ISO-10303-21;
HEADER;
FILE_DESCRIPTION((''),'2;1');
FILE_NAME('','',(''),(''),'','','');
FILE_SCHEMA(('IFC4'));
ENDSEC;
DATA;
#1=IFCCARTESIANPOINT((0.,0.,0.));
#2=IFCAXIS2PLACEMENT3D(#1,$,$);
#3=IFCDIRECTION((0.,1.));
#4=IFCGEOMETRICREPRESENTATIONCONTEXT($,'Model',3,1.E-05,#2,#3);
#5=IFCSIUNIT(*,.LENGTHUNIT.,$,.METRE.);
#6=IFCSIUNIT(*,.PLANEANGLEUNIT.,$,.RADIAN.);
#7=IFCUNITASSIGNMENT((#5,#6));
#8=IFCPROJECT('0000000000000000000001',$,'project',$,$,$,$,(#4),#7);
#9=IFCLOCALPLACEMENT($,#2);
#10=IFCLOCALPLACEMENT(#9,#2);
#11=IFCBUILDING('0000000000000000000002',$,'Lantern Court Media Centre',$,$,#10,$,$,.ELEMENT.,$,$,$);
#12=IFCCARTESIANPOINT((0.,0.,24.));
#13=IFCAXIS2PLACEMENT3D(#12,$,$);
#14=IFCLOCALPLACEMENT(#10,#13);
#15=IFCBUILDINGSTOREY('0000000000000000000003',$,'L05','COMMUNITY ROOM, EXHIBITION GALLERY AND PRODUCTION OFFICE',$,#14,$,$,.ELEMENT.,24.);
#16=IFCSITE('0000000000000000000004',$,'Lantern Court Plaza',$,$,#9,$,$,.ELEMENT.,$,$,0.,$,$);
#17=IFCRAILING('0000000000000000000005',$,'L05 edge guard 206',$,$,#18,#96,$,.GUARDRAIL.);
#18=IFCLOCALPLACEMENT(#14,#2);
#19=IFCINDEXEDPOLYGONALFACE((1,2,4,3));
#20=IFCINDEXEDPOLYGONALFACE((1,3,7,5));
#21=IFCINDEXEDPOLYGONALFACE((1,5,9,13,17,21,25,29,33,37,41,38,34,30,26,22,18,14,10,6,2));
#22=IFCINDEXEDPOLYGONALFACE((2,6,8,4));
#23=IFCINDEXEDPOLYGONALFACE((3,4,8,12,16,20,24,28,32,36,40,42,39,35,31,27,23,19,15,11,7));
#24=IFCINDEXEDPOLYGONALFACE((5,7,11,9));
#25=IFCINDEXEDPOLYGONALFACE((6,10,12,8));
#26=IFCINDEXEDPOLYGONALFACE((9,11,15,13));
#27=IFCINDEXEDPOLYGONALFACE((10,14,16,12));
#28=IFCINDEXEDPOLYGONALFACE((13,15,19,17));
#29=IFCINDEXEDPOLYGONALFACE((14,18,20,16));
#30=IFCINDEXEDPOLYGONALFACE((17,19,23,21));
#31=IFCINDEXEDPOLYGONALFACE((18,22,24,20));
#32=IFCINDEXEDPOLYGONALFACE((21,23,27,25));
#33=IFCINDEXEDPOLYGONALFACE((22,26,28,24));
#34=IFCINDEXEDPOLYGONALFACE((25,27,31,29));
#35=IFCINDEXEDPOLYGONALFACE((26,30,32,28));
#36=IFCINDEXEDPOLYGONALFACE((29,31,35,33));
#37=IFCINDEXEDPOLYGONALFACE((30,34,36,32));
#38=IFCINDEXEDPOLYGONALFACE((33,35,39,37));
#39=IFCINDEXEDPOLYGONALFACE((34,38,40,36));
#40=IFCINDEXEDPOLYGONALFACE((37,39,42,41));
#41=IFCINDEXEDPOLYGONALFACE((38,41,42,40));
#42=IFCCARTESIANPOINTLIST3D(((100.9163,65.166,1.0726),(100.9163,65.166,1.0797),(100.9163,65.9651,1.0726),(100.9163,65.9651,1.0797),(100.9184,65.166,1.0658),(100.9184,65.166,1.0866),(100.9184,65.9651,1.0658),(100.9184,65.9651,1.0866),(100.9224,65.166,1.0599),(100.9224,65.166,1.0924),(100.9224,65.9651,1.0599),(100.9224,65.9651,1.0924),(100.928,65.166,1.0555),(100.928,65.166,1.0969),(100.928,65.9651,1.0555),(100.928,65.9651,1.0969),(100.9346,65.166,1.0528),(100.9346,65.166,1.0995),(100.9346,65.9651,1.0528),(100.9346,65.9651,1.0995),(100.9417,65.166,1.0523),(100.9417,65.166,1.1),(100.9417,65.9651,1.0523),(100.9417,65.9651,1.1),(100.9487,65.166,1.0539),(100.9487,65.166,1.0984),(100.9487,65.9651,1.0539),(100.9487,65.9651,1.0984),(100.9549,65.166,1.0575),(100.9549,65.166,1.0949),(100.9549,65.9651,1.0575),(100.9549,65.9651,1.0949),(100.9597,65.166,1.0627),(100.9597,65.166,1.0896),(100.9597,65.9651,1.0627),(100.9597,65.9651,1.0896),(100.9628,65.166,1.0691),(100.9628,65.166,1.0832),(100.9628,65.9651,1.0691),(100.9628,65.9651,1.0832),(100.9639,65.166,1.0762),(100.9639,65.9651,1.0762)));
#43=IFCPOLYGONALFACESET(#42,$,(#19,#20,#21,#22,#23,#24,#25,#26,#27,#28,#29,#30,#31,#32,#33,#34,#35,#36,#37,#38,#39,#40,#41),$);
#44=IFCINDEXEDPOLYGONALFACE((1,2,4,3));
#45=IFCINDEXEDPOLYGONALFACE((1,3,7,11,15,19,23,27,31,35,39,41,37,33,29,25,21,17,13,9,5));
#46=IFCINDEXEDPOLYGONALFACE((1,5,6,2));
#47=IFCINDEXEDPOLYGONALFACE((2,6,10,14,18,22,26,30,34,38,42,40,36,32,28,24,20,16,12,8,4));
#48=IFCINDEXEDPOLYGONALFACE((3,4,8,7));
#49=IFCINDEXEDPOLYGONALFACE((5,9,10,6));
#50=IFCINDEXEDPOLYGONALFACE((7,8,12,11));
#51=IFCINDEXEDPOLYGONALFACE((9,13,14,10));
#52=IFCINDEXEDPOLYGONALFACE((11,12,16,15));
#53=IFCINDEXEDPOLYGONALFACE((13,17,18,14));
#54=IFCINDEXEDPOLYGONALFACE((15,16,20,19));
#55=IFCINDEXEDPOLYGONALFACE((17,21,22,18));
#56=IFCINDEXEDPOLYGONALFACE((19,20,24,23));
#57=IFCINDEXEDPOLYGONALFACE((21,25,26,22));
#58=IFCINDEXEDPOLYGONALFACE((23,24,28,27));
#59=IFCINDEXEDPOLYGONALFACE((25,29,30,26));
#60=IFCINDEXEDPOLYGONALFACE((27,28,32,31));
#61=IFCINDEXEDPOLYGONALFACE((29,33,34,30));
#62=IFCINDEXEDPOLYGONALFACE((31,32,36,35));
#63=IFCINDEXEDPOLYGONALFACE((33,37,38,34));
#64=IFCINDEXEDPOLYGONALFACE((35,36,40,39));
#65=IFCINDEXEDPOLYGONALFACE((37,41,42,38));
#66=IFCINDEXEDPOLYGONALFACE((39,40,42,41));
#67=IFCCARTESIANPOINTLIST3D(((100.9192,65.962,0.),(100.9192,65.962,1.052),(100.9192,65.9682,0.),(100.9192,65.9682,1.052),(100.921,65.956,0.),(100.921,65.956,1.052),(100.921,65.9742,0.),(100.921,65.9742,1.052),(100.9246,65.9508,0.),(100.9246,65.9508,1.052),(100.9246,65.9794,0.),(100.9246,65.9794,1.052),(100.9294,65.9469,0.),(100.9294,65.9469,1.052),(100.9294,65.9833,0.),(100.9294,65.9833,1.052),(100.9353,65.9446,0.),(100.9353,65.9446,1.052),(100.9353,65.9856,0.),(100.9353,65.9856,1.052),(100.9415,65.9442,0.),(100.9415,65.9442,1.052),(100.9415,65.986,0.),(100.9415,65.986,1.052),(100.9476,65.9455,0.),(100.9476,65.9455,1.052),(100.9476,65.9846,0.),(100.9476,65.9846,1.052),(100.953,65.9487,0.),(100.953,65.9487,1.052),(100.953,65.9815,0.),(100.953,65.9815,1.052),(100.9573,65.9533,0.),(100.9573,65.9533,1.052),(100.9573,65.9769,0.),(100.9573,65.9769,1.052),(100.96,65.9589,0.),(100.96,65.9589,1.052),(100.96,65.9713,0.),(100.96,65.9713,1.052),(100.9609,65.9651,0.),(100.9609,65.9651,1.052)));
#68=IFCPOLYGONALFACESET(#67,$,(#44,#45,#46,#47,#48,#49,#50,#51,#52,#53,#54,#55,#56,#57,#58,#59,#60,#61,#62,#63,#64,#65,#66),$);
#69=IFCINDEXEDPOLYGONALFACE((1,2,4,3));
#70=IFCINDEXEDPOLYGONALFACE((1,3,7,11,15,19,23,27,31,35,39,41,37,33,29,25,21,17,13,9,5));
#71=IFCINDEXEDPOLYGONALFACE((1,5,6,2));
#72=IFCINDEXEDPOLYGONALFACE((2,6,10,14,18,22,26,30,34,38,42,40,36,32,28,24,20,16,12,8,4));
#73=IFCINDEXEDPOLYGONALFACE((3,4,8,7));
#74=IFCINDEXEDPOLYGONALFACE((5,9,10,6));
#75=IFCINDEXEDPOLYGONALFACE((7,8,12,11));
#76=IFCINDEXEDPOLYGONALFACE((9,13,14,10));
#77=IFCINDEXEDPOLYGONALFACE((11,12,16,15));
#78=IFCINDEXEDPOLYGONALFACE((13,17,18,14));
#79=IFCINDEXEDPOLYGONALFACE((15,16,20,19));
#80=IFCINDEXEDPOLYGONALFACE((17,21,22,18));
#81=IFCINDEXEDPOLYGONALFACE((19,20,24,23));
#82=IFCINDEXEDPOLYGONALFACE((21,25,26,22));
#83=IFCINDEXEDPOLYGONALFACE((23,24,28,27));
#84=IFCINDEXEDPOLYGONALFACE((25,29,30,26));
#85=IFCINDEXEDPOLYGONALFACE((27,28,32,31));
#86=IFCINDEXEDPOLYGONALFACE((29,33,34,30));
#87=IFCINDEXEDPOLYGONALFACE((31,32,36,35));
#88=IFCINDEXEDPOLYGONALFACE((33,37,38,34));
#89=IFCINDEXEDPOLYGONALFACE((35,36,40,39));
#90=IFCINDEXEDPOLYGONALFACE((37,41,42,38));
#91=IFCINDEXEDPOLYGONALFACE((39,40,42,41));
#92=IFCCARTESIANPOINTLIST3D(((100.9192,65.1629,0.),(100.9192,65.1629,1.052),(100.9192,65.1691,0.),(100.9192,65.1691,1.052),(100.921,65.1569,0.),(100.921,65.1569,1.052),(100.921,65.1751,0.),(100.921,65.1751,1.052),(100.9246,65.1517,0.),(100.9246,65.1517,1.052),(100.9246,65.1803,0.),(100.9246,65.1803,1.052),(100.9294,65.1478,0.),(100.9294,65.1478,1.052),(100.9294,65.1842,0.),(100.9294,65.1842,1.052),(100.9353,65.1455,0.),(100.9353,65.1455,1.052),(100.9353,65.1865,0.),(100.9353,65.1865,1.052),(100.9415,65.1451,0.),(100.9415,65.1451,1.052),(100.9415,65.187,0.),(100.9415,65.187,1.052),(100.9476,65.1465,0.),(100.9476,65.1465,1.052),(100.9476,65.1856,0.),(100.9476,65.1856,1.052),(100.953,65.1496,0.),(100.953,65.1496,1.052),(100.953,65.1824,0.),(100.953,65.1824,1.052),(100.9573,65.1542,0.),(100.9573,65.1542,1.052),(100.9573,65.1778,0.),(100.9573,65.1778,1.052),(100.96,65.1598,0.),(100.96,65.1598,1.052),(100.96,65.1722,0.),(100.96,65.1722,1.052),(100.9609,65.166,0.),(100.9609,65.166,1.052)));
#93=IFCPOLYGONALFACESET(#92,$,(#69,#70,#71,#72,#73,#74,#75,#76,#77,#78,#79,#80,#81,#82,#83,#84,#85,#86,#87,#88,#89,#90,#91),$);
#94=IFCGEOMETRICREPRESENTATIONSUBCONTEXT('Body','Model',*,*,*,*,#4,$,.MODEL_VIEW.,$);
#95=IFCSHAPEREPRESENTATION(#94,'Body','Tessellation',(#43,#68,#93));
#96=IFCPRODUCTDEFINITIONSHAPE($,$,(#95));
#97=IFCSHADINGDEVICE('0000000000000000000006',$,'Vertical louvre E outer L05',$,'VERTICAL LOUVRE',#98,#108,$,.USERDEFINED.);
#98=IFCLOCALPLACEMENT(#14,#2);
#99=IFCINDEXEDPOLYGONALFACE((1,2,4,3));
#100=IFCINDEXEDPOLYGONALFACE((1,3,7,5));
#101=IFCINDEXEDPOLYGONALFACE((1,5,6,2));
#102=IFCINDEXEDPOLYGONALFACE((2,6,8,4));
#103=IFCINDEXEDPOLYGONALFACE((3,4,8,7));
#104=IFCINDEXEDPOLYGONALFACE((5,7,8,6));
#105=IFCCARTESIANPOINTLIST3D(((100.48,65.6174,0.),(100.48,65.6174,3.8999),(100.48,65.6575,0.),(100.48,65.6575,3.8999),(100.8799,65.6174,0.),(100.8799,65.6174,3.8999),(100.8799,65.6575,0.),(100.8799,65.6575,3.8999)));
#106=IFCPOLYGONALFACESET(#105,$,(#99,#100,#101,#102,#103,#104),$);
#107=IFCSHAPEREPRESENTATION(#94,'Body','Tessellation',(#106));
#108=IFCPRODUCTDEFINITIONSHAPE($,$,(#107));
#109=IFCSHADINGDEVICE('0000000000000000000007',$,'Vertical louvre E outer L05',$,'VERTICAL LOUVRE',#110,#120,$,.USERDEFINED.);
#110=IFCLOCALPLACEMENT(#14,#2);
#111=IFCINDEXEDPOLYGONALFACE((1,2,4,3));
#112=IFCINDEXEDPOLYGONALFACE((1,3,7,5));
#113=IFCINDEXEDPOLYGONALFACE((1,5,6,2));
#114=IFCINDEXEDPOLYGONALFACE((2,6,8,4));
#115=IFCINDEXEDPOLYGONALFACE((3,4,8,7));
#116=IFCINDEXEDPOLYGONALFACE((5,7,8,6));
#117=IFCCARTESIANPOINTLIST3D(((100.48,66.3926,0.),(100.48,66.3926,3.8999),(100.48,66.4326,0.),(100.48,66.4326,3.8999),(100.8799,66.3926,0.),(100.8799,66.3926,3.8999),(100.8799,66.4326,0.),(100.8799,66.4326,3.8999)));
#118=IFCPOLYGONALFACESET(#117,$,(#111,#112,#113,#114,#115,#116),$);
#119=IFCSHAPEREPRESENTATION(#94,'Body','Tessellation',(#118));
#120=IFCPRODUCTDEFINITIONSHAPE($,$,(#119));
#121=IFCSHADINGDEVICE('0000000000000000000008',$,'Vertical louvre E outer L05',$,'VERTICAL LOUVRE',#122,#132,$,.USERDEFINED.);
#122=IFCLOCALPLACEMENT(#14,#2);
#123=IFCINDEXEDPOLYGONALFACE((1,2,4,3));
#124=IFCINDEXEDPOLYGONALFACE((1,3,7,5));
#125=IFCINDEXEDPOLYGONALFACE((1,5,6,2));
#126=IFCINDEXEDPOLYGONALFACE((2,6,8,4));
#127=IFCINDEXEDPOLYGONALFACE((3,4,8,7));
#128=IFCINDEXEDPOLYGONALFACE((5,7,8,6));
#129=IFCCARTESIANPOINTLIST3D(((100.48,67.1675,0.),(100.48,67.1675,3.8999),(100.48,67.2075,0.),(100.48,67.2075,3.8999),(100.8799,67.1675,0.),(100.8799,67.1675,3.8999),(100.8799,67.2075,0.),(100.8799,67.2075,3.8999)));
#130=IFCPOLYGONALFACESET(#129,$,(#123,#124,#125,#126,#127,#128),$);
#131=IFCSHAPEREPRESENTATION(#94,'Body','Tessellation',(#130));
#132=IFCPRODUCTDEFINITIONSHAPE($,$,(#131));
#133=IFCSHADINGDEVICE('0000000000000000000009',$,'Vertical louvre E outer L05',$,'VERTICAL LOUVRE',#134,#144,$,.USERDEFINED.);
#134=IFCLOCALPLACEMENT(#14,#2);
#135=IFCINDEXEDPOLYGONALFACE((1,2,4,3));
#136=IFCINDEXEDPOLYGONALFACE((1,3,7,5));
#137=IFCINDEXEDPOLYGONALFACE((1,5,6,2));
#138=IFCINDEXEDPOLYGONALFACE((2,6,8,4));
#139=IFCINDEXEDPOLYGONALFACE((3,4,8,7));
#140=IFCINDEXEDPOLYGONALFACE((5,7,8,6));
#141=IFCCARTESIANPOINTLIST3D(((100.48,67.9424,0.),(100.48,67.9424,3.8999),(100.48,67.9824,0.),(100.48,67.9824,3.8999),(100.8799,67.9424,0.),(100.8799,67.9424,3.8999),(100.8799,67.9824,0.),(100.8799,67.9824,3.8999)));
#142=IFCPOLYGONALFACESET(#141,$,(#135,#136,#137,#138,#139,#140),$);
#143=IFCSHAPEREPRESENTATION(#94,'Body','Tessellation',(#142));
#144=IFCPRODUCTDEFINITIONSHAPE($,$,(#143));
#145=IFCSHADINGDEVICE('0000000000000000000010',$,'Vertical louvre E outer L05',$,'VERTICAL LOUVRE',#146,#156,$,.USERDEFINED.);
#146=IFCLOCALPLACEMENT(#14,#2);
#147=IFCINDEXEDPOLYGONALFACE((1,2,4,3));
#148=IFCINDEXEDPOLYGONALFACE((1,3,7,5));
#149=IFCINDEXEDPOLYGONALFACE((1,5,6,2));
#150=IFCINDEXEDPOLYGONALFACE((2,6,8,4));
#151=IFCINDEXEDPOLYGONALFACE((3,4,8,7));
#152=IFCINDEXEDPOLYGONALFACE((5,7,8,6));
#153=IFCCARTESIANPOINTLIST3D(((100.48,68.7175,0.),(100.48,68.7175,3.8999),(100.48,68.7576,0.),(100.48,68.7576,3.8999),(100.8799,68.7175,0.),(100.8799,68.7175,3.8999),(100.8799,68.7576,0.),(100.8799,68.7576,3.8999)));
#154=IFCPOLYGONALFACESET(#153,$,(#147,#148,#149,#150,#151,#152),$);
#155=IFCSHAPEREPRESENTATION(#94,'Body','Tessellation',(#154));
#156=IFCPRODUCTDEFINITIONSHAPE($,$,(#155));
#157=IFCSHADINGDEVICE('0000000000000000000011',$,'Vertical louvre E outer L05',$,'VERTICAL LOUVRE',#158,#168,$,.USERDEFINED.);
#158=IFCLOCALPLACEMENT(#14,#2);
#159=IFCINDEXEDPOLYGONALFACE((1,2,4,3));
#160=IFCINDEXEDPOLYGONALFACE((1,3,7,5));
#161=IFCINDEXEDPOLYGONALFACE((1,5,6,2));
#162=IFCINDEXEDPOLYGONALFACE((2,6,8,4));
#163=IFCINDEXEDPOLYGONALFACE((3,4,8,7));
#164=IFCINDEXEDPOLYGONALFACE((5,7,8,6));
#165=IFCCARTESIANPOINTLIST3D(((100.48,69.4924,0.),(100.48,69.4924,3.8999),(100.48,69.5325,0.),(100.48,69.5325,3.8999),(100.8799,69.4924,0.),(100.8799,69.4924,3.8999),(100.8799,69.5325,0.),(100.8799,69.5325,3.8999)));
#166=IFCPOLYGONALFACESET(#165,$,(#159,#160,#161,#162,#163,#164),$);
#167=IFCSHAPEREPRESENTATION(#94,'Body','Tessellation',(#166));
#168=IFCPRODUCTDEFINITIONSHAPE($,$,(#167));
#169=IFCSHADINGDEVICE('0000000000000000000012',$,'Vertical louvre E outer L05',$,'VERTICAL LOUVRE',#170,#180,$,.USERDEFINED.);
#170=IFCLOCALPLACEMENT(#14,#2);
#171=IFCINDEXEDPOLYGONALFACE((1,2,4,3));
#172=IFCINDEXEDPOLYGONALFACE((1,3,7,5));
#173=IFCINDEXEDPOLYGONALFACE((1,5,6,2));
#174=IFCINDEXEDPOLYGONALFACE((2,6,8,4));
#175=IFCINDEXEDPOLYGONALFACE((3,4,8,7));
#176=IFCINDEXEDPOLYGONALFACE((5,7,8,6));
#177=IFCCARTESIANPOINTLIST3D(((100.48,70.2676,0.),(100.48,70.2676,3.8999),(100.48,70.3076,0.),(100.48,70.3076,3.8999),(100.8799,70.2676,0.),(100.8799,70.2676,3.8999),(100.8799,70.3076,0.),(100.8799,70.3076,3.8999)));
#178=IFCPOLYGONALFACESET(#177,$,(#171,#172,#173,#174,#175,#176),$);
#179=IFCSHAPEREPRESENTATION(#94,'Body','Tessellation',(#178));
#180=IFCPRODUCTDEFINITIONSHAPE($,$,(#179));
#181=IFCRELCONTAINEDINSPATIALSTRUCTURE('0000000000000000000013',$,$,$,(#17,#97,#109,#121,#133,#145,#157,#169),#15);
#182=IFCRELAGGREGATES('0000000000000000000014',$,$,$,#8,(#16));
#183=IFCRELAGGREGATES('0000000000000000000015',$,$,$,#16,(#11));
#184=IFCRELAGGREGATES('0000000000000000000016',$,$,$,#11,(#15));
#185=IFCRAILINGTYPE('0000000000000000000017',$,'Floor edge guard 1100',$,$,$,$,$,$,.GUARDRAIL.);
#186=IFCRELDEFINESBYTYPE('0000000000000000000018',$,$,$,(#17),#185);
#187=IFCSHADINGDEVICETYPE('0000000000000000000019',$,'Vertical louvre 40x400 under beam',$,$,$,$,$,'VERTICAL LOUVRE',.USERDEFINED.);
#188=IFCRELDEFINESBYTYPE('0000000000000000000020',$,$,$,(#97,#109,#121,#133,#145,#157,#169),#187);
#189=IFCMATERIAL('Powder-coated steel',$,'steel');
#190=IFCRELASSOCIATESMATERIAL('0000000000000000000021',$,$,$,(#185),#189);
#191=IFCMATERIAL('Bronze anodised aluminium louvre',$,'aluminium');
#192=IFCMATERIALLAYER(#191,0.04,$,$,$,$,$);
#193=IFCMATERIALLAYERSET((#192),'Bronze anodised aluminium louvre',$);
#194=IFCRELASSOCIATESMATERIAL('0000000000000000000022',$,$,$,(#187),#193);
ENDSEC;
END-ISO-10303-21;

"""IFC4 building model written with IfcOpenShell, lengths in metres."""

from ifc_helpers import new_model, si_unit, direction, frame, origin, origin_2d, place, context, subcontext, project, spatial, rectangle, circle, extrude, material, layer, layer_set, type_object, element, save


model = new_model("IFC4")

# Units and contexts
model_context = context("Model", 3, precision=1e-05, world=origin(), true_north=direction((0.0, 1.0)))
body_context = subcontext(model_context, "Body", "Model", "MODEL_VIEW")
ifc_project = project(units=[si_unit("LENGTHUNIT", "METRE"), si_unit("PLANEANGLEUNIT", "RADIAN")], contexts=[model_context])

# Site, building, storey
site_placement = place(None, origin())
site = spatial("IfcSite", under=ifc_project, at=site_placement, Name="Lantern Court Plaza", CompositionType="ELEMENT", RefElevation=0.0)
building_placement = place(site_placement, origin())
building = spatial("IfcBuilding", under=site, at=building_placement, Name="Lantern Court Media Centre", CompositionType="ELEMENT")
storey_placement = place(building_placement, frame((0.0, 0.0, 24.0)))
storey = spatial("IfcBuildingStorey", under=building, at=storey_placement, Name="L05", Description="COMMUNITY ROOM, EXHIBITION GALLERY AND PRODUCTION OFFICE", CompositionType="ELEMENT", Elevation=24.0)

# Railing
ifc_material_1 = material(Name="Powder-coated steel", Category="steel")
railing_type = type_object("IfcRailingType", Name="Floor edge guard 1100", PredefinedType="GUARDRAIL", material=ifc_material_1)
railing_1_placement = place(storey_placement, frame((100.9399, 65.9651, 0.0)))
element("IfcRailing", 1, at=railing_1_placement, inside=storey, type_object=railing_type, Name="L05 edge guard 206", PredefinedType="GUARDRAIL", context=body_context, shape_type="SweptSolid", body=[
    extrude(circle(Radius=0.0239, at=origin_2d()), frame((0.0, 0.0, 1.0762), z_axis=(0.0, -1.0, 0.0), x_axis=(1.0, 0.0, 0.0)), (0.0, 0.0, 1.0), 0.7991),
    extrude(circle(Radius=0.021, at=origin_2d()), origin(), (0.0, 0.0, 1.0), 1.052),
    extrude(circle(Radius=0.021, at=origin_2d()), frame((0.0, -0.7991, 0.0)), (0.0, 0.0, 1.0), 1.052),
])

# Shading devices
ifc_material_2 = material(Name="Bronze anodised aluminium louvre", Category="aluminium")
ifc_layer_1 = layer(ifc_material_2, 0.04)
ifc_layer_set_1 = layer_set([ifc_layer_1], Name="Bronze anodised aluminium louvre")
shading_device_type = type_object("IfcShadingDeviceType", Name="Vertical louvre 40x400 under beam", ElementType="VERTICAL LOUVRE", PredefinedType="USERDEFINED", material=ifc_layer_set_1)
for number, where, z_axis, x_axis, name in (
    (2, (100.6799, 65.6375, 0.0), (0.0, 0.0, 1.0), (1.0, 0.0, 0.0), "Vertical louvre E outer L05"),
    (3, (100.6799, 66.4126, 0.0), (0.0, 0.0, 1.0), (1.0, 0.0, 0.0), "Vertical louvre E outer L05"),
    (4, (100.6799, 67.1875, 0.0), (0.0, 0.0, 1.0), (1.0, 0.0, 0.0), "Vertical louvre E outer L05"),
    (5, (100.6799, 67.9624, 0.0), (0.0, 0.0, 1.0), (1.0, 0.0, 0.0), "Vertical louvre E outer L05"),
    (6, (100.6799, 68.7375, 0.0), (0.0, 0.0, 1.0), (1.0, 0.0, 0.0), "Vertical louvre E outer L05"),
    (7, (100.6799, 69.5125, 0.0), (0.0, 0.0, 1.0), (1.0, 0.0, 0.0), "Vertical louvre E outer L05"),
    (8, (100.6799, 70.2876, 0.0), (0.0, 0.0, 1.0), (1.0, 0.0, 0.0), "Vertical louvre E outer L05"),
):
    element("IfcShadingDevice", number, at=place(storey_placement, frame(where, z_axis=z_axis, x_axis=x_axis)), inside=storey, type_object=shading_device_type, Name=name, ObjectType="VERTICAL LOUVRE", PredefinedType="USERDEFINED", context=body_context, shape_type="SweptSolid", body=[
        extrude(rectangle(XDim=0.3999, YDim=0.04, at=origin_2d()), origin(), (0.0, 0.0, 1.0), 3.8999),
    ])

save(model, "model.ifc")
